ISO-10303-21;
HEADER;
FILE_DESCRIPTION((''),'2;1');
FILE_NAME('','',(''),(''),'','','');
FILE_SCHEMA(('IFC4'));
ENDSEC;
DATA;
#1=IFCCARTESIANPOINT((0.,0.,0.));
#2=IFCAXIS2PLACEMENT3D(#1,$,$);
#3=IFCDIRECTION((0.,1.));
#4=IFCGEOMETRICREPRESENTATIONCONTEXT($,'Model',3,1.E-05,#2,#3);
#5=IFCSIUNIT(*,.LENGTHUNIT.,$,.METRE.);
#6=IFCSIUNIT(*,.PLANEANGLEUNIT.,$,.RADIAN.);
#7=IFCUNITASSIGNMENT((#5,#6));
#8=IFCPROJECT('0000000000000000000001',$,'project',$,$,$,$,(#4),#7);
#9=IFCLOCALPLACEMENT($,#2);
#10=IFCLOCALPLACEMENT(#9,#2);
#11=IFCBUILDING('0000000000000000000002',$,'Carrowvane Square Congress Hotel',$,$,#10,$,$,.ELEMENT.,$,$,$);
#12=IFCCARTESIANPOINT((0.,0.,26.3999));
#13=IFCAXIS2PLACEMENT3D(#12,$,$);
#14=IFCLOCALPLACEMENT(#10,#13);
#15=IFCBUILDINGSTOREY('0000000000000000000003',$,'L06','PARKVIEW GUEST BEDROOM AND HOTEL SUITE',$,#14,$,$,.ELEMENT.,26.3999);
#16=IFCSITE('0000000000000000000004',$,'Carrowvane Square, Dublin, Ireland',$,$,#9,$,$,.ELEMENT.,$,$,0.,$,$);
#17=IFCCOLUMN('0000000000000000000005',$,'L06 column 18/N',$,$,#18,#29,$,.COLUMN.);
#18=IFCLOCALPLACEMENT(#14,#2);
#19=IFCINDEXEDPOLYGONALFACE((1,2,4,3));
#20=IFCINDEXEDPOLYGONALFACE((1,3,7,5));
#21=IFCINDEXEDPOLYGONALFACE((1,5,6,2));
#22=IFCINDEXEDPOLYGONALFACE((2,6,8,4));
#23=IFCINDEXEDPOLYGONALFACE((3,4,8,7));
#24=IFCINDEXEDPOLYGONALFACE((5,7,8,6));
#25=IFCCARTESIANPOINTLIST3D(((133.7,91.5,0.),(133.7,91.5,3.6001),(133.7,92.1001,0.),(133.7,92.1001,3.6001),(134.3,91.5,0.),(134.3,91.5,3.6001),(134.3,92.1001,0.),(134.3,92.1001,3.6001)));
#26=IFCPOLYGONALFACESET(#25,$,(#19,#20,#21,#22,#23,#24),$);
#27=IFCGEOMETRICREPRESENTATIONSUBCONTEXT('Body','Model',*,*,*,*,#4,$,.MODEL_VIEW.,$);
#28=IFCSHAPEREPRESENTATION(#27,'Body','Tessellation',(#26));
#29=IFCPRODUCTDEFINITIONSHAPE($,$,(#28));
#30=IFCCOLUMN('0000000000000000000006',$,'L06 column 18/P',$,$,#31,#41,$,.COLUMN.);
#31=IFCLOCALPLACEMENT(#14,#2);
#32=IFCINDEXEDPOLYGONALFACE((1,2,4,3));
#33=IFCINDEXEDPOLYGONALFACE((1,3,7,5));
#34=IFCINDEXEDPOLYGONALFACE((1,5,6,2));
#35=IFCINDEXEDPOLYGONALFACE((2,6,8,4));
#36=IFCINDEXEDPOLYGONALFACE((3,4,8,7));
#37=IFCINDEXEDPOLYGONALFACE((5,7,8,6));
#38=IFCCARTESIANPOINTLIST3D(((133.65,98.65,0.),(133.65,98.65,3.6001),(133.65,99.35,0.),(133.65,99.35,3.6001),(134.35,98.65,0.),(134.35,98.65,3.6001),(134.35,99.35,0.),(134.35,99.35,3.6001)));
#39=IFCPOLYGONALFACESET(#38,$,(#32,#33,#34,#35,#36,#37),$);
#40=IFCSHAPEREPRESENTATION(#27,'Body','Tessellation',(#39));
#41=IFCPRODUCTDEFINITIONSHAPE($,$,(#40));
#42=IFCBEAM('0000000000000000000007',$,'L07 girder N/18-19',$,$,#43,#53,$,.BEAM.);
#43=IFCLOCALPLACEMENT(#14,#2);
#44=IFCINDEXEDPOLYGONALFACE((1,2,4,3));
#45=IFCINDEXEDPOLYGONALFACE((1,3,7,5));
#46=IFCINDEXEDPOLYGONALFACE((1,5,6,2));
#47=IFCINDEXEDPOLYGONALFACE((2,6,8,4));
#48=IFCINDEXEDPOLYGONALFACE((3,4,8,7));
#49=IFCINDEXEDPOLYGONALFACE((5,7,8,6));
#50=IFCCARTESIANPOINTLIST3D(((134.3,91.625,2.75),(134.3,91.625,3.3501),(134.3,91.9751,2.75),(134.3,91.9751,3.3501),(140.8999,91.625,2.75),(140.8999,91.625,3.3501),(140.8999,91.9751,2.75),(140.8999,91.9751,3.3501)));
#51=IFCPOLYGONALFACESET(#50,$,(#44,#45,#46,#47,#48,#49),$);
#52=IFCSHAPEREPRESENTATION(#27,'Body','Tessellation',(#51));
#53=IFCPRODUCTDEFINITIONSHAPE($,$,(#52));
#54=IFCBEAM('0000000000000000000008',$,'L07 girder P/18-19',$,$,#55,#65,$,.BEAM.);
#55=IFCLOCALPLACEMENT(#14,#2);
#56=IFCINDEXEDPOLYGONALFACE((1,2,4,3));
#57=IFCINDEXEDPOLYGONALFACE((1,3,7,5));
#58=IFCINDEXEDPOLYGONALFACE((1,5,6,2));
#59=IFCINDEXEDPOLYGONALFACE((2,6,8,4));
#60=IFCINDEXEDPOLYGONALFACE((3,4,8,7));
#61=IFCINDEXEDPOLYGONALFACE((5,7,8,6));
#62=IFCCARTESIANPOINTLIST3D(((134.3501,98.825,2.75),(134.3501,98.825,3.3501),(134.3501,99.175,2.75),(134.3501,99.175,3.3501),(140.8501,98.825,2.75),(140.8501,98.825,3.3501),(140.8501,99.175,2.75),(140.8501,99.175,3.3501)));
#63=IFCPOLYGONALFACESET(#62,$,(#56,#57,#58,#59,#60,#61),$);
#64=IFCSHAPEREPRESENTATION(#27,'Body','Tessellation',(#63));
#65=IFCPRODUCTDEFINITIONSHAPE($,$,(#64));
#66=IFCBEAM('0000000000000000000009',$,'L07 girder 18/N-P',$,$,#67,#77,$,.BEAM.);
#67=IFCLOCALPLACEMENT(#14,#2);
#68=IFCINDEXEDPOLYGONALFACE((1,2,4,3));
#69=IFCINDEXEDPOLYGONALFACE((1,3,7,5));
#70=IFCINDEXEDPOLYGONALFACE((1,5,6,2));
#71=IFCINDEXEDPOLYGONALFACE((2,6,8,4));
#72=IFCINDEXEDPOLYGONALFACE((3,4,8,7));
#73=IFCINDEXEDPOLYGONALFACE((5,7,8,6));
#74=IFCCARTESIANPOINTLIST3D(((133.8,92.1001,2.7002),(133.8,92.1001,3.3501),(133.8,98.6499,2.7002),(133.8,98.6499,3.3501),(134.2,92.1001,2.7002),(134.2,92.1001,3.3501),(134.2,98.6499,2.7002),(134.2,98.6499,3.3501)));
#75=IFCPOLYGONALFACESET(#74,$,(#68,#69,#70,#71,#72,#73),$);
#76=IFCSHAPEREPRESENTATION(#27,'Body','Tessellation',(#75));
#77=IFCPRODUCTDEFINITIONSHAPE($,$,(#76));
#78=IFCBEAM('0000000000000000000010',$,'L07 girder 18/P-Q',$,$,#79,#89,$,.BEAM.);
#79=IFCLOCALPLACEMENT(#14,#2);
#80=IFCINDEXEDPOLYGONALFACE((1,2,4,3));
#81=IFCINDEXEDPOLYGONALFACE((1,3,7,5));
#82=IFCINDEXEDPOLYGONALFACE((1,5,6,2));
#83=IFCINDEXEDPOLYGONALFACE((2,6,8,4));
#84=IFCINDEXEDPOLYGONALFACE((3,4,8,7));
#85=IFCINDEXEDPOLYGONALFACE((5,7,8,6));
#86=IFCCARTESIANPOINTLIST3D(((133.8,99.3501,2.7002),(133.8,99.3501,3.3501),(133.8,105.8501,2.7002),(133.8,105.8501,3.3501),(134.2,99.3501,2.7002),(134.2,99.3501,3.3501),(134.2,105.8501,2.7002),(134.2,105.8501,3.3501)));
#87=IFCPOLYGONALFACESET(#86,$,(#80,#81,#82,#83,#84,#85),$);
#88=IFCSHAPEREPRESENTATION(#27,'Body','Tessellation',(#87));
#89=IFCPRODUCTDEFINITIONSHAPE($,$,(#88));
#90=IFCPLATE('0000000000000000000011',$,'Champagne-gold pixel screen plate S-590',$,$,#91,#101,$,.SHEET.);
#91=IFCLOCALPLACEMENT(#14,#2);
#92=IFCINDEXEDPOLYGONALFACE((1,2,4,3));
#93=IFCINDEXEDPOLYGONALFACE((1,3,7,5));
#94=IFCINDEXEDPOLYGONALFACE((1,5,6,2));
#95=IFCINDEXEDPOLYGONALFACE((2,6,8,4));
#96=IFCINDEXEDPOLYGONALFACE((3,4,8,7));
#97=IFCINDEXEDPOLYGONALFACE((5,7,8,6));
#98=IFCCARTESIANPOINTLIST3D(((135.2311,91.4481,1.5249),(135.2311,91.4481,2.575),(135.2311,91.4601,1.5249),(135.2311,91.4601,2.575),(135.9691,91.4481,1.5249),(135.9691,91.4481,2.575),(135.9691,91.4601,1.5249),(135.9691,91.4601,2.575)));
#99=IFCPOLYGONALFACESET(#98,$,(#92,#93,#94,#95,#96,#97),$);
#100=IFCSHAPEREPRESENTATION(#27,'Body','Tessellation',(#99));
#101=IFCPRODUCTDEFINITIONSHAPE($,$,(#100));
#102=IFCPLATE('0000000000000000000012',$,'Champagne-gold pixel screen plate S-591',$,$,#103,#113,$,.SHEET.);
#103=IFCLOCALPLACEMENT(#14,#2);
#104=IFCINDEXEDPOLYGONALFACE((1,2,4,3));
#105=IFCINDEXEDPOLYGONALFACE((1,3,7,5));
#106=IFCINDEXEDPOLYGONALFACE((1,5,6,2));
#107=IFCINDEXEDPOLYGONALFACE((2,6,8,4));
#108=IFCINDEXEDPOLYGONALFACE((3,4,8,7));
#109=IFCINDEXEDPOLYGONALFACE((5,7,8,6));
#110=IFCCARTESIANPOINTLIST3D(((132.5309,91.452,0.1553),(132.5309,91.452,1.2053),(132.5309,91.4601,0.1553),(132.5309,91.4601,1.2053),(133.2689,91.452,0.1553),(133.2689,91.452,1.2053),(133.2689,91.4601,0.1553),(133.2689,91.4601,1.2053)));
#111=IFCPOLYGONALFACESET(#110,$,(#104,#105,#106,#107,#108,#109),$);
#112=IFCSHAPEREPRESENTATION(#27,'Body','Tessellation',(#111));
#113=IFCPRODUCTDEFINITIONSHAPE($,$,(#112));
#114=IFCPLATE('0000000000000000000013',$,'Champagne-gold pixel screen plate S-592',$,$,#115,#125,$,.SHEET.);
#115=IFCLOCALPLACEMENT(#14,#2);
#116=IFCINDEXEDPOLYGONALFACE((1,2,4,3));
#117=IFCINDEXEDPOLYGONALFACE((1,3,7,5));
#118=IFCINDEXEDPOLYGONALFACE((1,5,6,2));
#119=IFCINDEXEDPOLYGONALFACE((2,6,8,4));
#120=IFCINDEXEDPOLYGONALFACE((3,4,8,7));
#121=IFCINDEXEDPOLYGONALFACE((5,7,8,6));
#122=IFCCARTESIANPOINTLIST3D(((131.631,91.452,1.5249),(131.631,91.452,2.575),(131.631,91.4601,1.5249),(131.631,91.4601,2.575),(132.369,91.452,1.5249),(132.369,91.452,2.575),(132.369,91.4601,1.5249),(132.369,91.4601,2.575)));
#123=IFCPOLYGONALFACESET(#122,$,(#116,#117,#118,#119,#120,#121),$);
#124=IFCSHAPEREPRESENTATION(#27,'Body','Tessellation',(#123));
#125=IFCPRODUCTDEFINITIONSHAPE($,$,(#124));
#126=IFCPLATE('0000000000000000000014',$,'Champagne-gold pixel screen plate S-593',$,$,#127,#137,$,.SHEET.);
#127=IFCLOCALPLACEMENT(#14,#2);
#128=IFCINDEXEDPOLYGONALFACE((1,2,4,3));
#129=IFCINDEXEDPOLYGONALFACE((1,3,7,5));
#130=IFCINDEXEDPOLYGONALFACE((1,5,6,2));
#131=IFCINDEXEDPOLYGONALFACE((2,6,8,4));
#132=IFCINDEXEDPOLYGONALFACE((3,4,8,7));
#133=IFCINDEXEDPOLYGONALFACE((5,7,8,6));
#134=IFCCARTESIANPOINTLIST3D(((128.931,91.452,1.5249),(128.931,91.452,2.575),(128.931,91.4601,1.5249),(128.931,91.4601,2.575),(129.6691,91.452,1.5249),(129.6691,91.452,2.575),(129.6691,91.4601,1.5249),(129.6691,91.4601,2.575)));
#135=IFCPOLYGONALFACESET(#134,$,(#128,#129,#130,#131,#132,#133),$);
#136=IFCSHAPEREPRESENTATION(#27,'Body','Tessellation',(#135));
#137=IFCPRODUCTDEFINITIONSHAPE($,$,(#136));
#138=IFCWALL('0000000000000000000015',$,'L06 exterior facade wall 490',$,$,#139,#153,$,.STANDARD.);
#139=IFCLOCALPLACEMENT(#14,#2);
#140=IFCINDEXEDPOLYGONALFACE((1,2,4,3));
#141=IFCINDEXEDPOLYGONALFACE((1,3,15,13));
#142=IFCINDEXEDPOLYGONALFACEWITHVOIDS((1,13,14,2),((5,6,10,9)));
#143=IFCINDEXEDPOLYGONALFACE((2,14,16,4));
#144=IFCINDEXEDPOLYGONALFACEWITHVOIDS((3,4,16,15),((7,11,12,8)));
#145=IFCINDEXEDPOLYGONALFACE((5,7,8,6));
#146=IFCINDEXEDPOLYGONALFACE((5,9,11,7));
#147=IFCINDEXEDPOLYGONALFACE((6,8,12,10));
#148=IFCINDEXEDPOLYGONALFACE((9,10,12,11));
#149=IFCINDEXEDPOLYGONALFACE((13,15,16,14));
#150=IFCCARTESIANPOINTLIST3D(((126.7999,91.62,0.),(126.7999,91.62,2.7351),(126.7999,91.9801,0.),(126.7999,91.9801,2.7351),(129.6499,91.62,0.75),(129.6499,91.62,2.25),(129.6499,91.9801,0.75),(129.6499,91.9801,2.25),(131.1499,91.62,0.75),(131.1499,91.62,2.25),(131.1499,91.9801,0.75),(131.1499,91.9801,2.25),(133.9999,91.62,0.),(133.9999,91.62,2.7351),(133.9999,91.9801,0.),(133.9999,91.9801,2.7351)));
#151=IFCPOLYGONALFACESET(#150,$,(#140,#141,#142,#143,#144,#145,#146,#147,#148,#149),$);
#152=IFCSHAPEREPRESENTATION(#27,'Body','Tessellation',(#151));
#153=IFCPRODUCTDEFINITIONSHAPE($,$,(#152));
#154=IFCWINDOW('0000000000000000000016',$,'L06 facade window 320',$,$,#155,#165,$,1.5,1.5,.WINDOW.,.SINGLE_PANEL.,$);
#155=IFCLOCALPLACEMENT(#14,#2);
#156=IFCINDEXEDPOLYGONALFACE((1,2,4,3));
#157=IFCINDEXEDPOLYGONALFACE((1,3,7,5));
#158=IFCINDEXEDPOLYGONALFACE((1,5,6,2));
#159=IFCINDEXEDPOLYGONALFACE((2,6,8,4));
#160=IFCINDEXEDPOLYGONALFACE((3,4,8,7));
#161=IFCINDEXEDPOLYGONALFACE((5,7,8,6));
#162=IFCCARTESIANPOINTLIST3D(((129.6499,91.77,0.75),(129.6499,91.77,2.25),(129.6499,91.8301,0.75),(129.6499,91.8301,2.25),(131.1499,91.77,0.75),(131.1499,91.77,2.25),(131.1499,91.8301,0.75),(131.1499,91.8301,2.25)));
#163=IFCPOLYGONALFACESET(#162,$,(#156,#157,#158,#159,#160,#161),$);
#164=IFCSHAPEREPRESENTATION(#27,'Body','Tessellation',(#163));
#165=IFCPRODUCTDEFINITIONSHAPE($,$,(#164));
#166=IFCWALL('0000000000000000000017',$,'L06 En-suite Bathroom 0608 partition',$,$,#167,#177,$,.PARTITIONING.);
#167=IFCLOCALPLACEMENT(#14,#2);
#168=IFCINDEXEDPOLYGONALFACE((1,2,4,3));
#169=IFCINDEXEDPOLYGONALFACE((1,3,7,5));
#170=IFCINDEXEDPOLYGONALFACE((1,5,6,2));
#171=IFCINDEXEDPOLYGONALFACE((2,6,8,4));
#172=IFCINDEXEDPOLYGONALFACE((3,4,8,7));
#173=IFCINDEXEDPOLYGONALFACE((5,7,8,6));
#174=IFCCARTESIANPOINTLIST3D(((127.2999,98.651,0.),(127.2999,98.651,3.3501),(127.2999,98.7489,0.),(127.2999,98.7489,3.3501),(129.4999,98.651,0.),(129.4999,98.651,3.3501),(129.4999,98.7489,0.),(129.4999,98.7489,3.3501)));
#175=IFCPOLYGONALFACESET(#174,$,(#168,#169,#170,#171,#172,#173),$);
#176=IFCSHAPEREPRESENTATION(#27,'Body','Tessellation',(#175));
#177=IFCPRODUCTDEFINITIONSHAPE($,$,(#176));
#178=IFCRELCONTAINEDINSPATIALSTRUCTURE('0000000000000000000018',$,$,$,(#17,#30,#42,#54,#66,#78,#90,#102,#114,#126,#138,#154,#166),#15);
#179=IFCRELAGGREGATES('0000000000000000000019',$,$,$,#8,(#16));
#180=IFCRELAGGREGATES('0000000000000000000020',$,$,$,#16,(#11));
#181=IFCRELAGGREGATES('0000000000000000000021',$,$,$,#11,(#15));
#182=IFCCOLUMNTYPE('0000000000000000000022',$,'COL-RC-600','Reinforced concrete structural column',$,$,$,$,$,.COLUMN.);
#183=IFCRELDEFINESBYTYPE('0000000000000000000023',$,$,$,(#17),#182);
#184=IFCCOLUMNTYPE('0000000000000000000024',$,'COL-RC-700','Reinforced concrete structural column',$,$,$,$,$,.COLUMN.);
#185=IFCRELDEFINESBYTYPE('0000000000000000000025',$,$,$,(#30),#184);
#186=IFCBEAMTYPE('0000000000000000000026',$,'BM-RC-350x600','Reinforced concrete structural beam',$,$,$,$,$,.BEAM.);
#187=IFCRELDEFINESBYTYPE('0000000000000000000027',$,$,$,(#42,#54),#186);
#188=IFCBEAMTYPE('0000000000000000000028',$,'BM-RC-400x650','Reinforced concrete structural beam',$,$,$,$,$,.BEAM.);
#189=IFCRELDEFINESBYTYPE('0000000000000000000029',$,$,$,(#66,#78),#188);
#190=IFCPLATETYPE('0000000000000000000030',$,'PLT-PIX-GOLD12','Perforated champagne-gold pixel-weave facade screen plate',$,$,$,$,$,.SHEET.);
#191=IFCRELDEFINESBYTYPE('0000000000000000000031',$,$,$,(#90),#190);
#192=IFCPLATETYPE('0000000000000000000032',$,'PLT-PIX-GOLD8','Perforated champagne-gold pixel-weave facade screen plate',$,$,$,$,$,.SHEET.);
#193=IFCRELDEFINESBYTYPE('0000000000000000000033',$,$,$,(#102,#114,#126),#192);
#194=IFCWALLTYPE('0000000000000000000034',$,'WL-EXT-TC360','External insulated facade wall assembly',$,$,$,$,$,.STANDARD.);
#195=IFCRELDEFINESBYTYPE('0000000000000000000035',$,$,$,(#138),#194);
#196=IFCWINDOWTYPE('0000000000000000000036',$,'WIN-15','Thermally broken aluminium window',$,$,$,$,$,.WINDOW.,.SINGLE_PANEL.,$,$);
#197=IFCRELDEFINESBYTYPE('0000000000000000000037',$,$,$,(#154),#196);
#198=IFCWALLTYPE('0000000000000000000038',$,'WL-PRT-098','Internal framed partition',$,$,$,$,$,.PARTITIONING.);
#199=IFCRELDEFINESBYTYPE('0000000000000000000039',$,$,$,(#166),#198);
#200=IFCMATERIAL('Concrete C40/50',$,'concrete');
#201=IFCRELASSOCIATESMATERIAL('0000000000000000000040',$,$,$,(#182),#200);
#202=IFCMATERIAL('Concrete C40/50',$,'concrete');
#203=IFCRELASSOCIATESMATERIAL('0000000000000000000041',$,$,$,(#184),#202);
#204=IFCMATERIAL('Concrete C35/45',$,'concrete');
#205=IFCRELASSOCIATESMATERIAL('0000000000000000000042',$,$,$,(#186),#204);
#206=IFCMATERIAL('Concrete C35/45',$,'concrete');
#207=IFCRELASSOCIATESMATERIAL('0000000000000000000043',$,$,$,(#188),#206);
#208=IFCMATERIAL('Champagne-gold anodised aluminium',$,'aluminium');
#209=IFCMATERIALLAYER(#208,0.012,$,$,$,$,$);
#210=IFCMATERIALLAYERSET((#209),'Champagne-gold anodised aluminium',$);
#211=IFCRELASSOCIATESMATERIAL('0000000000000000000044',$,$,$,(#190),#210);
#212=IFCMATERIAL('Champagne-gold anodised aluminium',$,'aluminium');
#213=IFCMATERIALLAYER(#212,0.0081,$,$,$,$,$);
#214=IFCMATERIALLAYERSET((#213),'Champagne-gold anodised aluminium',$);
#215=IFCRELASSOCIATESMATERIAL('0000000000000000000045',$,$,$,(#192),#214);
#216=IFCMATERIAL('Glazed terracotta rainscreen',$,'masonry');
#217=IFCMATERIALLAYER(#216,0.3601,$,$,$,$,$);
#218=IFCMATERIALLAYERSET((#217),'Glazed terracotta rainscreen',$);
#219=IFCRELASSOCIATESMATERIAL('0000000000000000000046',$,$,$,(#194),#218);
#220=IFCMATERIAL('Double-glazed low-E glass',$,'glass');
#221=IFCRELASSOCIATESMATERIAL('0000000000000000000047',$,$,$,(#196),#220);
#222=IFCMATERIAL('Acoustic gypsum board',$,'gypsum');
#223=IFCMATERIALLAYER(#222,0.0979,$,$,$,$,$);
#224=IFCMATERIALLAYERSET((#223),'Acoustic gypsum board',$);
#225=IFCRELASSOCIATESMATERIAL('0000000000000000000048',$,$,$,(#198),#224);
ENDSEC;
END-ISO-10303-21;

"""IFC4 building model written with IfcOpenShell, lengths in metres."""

from ifc_helpers import new_model, si_unit, direction, frame, frame_2d, origin, origin_2d, place, context, subcontext, project, spatial, rectangle, extrude, material, layer, layer_set, material_profile, profile_set, type_object, element, fill, save


model = new_model("IFC4")

# Units and contexts
model_context = context("Model", 3, precision=1e-05, world=origin(), true_north=direction((0.0, 1.0)))
body_context = subcontext(model_context, "Body", "Model", "MODEL_VIEW")
ifc_project = project(units=[si_unit("LENGTHUNIT", "METRE"), si_unit("PLANEANGLEUNIT", "RADIAN")], contexts=[model_context])

# Site, building, storey
site_placement = place(None, origin())
site = spatial("IfcSite", under=ifc_project, at=site_placement, Name="Carrowvane Square, Dublin, Ireland", CompositionType="ELEMENT", RefElevation=0.0)
building_placement = place(site_placement, origin())
building = spatial("IfcBuilding", under=site, at=building_placement, Name="Carrowvane Square Congress Hotel", CompositionType="ELEMENT")
storey_placement = place(building_placement, frame((0.0, 0.0, 26.3999)))
storey = spatial("IfcBuildingStorey", under=building, at=storey_placement, Name="L06", Description="PARKVIEW GUEST BEDROOM AND HOTEL SUITE", CompositionType="ELEMENT", Elevation=26.3999)

# Columns
ifc_material_1 = material(Name="Concrete C40/50", Category="concrete")
ifc_material_profile_1 = material_profile(ifc_material_1, rectangle(XDim=0.6001, YDim=0.6001, at=origin_2d()), Name="RC 600x600")
ifc_profile_set_1 = profile_set([ifc_material_profile_1], Name="Concrete C40/50")
column_type_1 = type_object("IfcColumnType", Name="COL-RC-600", Description="Reinforced concrete structural column", PredefinedType="COLUMN", material=ifc_profile_set_1)
column_1_placement = place(storey_placement, frame((134.0, 91.8, 0.0), z_axis=(0.0, 0.0, 1.0), x_axis=(1.0, 0.0, 0.0)))
element("IfcColumn", 1, at=column_1_placement, inside=storey, type_object=column_type_1, Name="L06 column 18/N", PredefinedType="COLUMN", context=body_context, shape_type="SweptSolid", body=[
    extrude(rectangle(XDim=0.6001, YDim=0.6001, at=origin_2d()), origin(), (0.0, 0.0, 1.0), 3.6001),
])
ifc_material_2 = material(Name="Concrete C40/50", Category="concrete")
ifc_material_profile_2 = material_profile(ifc_material_2, rectangle(XDim=0.7, YDim=0.7, at=origin_2d()), Name="RC 700x700")
ifc_profile_set_2 = profile_set([ifc_material_profile_2], Name="Concrete C40/50")
column_type_2 = type_object("IfcColumnType", Name="COL-RC-700", Description="Reinforced concrete structural column", PredefinedType="COLUMN", material=ifc_profile_set_2)
column_2_placement = place(storey_placement, frame((134.0, 99.0, 0.0), z_axis=(0.0, 0.0, 1.0), x_axis=(1.0, 0.0, 0.0)))
element("IfcColumn", 2, at=column_2_placement, inside=storey, type_object=column_type_2, Name="L06 column 18/P", PredefinedType="COLUMN", context=body_context, shape_type="SweptSolid", body=[
    extrude(rectangle(XDim=0.7, YDim=0.7, at=origin_2d()), origin(), (0.0, 0.0, 1.0), 3.6001),
])

# Beams
ifc_material_3 = material(Name="Concrete C35/45", Category="concrete")
ifc_material_profile_3 = material_profile(ifc_material_3, rectangle(XDim=0.3501, YDim=0.6001, at=origin_2d()), Name="RC 350x600")
ifc_profile_set_3 = profile_set([ifc_material_profile_3], Name="Concrete C35/45")
beam_type_1 = type_object("IfcBeamType", Name="BM-RC-350x600", Description="Reinforced concrete structural beam", PredefinedType="BEAM", material=ifc_profile_set_3)
beam_1_placement = place(storey_placement, frame((134.3, 91.8, 3.05), z_axis=(1.0, 0.0, 0.0), x_axis=(0.0, 1.0, 0.0)))
element("IfcBeam", 3, at=beam_1_placement, inside=storey, type_object=beam_type_1, Name="L07 girder N/18-19", PredefinedType="BEAM", context=body_context, shape_type="SweptSolid", body=[
    extrude(rectangle(XDim=0.3501, YDim=0.6001, at=origin_2d()), origin(), (0.0, 0.0, 1.0), 6.5999),
])
beam_2_placement = place(storey_placement, frame((134.3501, 99.0, 3.05), z_axis=(1.0, 0.0, 0.0), x_axis=(0.0, 1.0, 0.0)))
element("IfcBeam", 4, at=beam_2_placement, inside=storey, type_object=beam_type_1, Name="L07 girder P/18-19", PredefinedType="BEAM", context=body_context, shape_type="SweptSolid", body=[
    extrude(rectangle(XDim=0.3501, YDim=0.6001, at=origin_2d()), origin(), (0.0, 0.0, 1.0), 6.5),
])
ifc_material_4 = material(Name="Concrete C35/45", Category="concrete")
ifc_material_profile_4 = material_profile(ifc_material_4, rectangle(XDim=0.3999, YDim=0.6499, at=origin_2d()), Name="RC 400x650")
ifc_profile_set_4 = profile_set([ifc_material_profile_4], Name="Concrete C35/45")
beam_type_2 = type_object("IfcBeamType", Name="BM-RC-400x650", Description="Reinforced concrete structural beam", PredefinedType="BEAM", material=ifc_profile_set_4)
beam_3_placement = place(storey_placement, frame((134.0, 92.1001, 3.0251), z_axis=(0.0, 1.0, 0.0), x_axis=(-1.0, 0.0, 0.0)))
element("IfcBeam", 5, at=beam_3_placement, inside=storey, type_object=beam_type_2, Name="L07 girder 18/N-P", PredefinedType="BEAM", context=body_context, shape_type="SweptSolid", body=[
    extrude(rectangle(XDim=0.3999, YDim=0.6499, at=origin_2d()), origin(), (0.0, 0.0, 1.0), 6.5498),
])
beam_4_placement = place(storey_placement, frame((134.0, 99.3501, 3.0251), z_axis=(0.0, 1.0, 0.0), x_axis=(-1.0, 0.0, 0.0)))
element("IfcBeam", 6, at=beam_4_placement, inside=storey, type_object=beam_type_2, Name="L07 girder 18/P-Q", PredefinedType="BEAM", context=body_context, shape_type="SweptSolid", body=[
    extrude(rectangle(XDim=0.3999, YDim=0.6499, at=origin_2d()), origin(), (0.0, 0.0, 1.0), 6.5),
])

# Plates
ifc_material_5 = material(Name="Champagne-gold anodised aluminium", Category="aluminium")
ifc_layer_1 = layer(ifc_material_5, 0.012)
ifc_layer_set_1 = layer_set([ifc_layer_1], Name="Champagne-gold anodised aluminium")
plate_type_1 = type_object("IfcPlateType", Name="PLT-PIX-GOLD12", Description="Perforated champagne-gold pixel-weave facade screen plate", PredefinedType="SHEET", material=ifc_layer_set_1)
plate_placement = place(storey_placement, frame((135.6001, 91.4541, 1.5249), z_axis=(0.0, 0.0, 1.0), x_axis=(-1.0, 0.0, 0.0)))
element("IfcPlate", 7, at=plate_placement, inside=storey, type_object=plate_type_1, Name="Champagne-gold pixel screen plate S-590", PredefinedType="SHEET", context=body_context, shape_type="SweptSolid", body=[
    extrude(rectangle(XDim=0.738, YDim=0.012, at=origin_2d()), origin(), (0.0, 0.0, 1.0), 1.05),
])
ifc_material_6 = material(Name="Champagne-gold anodised aluminium", Category="aluminium")
ifc_layer_2 = layer(ifc_material_6, 0.0081)
ifc_layer_set_2 = layer_set([ifc_layer_2], Name="Champagne-gold anodised aluminium")
plate_type_2 = type_object("IfcPlateType", Name="PLT-PIX-GOLD8", Description="Perforated champagne-gold pixel-weave facade screen plate", PredefinedType="SHEET", material=ifc_layer_set_2)
for number, where, z_axis, x_axis, name in (
    (8, (132.8999, 91.4561, 0.1553), (0.0, 0.0, 1.0), (-1.0, 0.0, 0.0), "Champagne-gold pixel screen plate S-591"),
    (9, (132.0, 91.4561, 1.5249), (0.0, 0.0, 1.0), (-1.0, 0.0, 0.0), "Champagne-gold pixel screen plate S-592"),
    (10, (129.3, 91.4561, 1.5249), (0.0, 0.0, 1.0), (-1.0, 0.0, 0.0), "Champagne-gold pixel screen plate S-593"),
):
    element("IfcPlate", number, at=place(storey_placement, frame(where, z_axis=z_axis, x_axis=x_axis)), inside=storey, type_object=plate_type_2, Name=name, PredefinedType="SHEET", context=body_context, shape_type="SweptSolid", body=[
        extrude(rectangle(XDim=0.738, YDim=0.0081, at=origin_2d()), origin(), (0.0, 0.0, 1.0), 1.05),
    ])

# Wall, opening, window
ifc_material_7 = material(Name="Glazed terracotta rainscreen", Category="masonry")
ifc_layer_3 = layer(ifc_material_7, 0.3601)
ifc_layer_set_3 = layer_set([ifc_layer_3], Name="Glazed terracotta rainscreen")
wall_type_1 = type_object("IfcWallType", Name="WL-EXT-TC360", Description="External insulated facade wall assembly", PredefinedType="STANDARD", material=ifc_layer_set_3)
wall_1_placement = place(storey_placement, frame((134.0, 91.8, 0.0), z_axis=(0.0, 0.0, 1.0), x_axis=(-1.0, 0.0, 0.0)))
wall_1 = element("IfcWall", 11, at=wall_1_placement, inside=storey, type_object=wall_type_1, Name="L06 exterior facade wall 490", PredefinedType="STANDARD", context=body_context, shape_type="SweptSolid", body=[
    extrude(rectangle(XDim=7.2, YDim=0.3601, at=frame_2d((3.6001, 0.0))), origin(), (0.0, 0.0, 1.0), 2.7351),
])
opening_placement = place(wall_1_placement, frame((2.8501, 0.0, 0.75)))
opening = element("IfcOpeningElement", 12, at=opening_placement, cuts=wall_1, PredefinedType="OPENING", context=body_context, shape_type="SweptSolid", body=[
    extrude(rectangle(XDim=1.5, YDim=1.5, at=frame_2d((0.75, 0.75))), frame((0.0, 0.1899, 0.0), z_axis=(0.0, -1.0, 0.0), x_axis=(1.0, 0.0, 0.0)), (0.0, 0.0, 1.0), 0.3801),
])
ifc_material_8 = material(Name="Double-glazed low-E glass", Category="glass")
window_type = type_object("IfcWindowType", Name="WIN-15", Description="Thermally broken aluminium window", PartitioningType="SINGLE_PANEL", PredefinedType="WINDOW", material=ifc_material_8)
window_placement = place(opening_placement, origin())
window = element("IfcWindow", 13, at=window_placement, inside=storey, type_object=window_type, Name="L06 facade window 320", OverallHeight=1.5, OverallWidth=1.5, PartitioningType="SINGLE_PANEL", PredefinedType="WINDOW", context=body_context, shape_type="SweptSolid", body=[
    extrude(rectangle(XDim=1.5, YDim=1.5, at=frame_2d((0.75, 0.75))), frame((0.0, 0.03, 0.0), z_axis=(0.0, -1.0, 0.0), x_axis=(1.0, 0.0, 0.0)), (0.0, 0.0, 1.0), 0.0601),
])
fill(opening, window)

# Wall
ifc_material_9 = material(Name="Acoustic gypsum board", Category="gypsum")
ifc_layer_4 = layer(ifc_material_9, 0.0979)
ifc_layer_set_4 = layer_set([ifc_layer_4], Name="Acoustic gypsum board")
wall_type_2 = type_object("IfcWallType", Name="WL-PRT-098", Description="Internal framed partition", PredefinedType="PARTITIONING", material=ifc_layer_set_4)
wall_2_placement = place(storey_placement, frame((129.5, 98.7, 0.0), z_axis=(0.0, 0.0, 1.0), x_axis=(-1.0, 0.0, 0.0)))
element("IfcWall", 14, at=wall_2_placement, inside=storey, type_object=wall_type_2, Name="L06 En-suite Bathroom 0608 partition", PredefinedType="PARTITIONING", context=body_context, shape_type="SweptSolid", body=[
    extrude(rectangle(XDim=2.2, YDim=0.0979, at=frame_2d((1.1001, 0.0))), origin(), (0.0, 0.0, 1.0), 3.3501),
])

save(model, "model.ifc")
